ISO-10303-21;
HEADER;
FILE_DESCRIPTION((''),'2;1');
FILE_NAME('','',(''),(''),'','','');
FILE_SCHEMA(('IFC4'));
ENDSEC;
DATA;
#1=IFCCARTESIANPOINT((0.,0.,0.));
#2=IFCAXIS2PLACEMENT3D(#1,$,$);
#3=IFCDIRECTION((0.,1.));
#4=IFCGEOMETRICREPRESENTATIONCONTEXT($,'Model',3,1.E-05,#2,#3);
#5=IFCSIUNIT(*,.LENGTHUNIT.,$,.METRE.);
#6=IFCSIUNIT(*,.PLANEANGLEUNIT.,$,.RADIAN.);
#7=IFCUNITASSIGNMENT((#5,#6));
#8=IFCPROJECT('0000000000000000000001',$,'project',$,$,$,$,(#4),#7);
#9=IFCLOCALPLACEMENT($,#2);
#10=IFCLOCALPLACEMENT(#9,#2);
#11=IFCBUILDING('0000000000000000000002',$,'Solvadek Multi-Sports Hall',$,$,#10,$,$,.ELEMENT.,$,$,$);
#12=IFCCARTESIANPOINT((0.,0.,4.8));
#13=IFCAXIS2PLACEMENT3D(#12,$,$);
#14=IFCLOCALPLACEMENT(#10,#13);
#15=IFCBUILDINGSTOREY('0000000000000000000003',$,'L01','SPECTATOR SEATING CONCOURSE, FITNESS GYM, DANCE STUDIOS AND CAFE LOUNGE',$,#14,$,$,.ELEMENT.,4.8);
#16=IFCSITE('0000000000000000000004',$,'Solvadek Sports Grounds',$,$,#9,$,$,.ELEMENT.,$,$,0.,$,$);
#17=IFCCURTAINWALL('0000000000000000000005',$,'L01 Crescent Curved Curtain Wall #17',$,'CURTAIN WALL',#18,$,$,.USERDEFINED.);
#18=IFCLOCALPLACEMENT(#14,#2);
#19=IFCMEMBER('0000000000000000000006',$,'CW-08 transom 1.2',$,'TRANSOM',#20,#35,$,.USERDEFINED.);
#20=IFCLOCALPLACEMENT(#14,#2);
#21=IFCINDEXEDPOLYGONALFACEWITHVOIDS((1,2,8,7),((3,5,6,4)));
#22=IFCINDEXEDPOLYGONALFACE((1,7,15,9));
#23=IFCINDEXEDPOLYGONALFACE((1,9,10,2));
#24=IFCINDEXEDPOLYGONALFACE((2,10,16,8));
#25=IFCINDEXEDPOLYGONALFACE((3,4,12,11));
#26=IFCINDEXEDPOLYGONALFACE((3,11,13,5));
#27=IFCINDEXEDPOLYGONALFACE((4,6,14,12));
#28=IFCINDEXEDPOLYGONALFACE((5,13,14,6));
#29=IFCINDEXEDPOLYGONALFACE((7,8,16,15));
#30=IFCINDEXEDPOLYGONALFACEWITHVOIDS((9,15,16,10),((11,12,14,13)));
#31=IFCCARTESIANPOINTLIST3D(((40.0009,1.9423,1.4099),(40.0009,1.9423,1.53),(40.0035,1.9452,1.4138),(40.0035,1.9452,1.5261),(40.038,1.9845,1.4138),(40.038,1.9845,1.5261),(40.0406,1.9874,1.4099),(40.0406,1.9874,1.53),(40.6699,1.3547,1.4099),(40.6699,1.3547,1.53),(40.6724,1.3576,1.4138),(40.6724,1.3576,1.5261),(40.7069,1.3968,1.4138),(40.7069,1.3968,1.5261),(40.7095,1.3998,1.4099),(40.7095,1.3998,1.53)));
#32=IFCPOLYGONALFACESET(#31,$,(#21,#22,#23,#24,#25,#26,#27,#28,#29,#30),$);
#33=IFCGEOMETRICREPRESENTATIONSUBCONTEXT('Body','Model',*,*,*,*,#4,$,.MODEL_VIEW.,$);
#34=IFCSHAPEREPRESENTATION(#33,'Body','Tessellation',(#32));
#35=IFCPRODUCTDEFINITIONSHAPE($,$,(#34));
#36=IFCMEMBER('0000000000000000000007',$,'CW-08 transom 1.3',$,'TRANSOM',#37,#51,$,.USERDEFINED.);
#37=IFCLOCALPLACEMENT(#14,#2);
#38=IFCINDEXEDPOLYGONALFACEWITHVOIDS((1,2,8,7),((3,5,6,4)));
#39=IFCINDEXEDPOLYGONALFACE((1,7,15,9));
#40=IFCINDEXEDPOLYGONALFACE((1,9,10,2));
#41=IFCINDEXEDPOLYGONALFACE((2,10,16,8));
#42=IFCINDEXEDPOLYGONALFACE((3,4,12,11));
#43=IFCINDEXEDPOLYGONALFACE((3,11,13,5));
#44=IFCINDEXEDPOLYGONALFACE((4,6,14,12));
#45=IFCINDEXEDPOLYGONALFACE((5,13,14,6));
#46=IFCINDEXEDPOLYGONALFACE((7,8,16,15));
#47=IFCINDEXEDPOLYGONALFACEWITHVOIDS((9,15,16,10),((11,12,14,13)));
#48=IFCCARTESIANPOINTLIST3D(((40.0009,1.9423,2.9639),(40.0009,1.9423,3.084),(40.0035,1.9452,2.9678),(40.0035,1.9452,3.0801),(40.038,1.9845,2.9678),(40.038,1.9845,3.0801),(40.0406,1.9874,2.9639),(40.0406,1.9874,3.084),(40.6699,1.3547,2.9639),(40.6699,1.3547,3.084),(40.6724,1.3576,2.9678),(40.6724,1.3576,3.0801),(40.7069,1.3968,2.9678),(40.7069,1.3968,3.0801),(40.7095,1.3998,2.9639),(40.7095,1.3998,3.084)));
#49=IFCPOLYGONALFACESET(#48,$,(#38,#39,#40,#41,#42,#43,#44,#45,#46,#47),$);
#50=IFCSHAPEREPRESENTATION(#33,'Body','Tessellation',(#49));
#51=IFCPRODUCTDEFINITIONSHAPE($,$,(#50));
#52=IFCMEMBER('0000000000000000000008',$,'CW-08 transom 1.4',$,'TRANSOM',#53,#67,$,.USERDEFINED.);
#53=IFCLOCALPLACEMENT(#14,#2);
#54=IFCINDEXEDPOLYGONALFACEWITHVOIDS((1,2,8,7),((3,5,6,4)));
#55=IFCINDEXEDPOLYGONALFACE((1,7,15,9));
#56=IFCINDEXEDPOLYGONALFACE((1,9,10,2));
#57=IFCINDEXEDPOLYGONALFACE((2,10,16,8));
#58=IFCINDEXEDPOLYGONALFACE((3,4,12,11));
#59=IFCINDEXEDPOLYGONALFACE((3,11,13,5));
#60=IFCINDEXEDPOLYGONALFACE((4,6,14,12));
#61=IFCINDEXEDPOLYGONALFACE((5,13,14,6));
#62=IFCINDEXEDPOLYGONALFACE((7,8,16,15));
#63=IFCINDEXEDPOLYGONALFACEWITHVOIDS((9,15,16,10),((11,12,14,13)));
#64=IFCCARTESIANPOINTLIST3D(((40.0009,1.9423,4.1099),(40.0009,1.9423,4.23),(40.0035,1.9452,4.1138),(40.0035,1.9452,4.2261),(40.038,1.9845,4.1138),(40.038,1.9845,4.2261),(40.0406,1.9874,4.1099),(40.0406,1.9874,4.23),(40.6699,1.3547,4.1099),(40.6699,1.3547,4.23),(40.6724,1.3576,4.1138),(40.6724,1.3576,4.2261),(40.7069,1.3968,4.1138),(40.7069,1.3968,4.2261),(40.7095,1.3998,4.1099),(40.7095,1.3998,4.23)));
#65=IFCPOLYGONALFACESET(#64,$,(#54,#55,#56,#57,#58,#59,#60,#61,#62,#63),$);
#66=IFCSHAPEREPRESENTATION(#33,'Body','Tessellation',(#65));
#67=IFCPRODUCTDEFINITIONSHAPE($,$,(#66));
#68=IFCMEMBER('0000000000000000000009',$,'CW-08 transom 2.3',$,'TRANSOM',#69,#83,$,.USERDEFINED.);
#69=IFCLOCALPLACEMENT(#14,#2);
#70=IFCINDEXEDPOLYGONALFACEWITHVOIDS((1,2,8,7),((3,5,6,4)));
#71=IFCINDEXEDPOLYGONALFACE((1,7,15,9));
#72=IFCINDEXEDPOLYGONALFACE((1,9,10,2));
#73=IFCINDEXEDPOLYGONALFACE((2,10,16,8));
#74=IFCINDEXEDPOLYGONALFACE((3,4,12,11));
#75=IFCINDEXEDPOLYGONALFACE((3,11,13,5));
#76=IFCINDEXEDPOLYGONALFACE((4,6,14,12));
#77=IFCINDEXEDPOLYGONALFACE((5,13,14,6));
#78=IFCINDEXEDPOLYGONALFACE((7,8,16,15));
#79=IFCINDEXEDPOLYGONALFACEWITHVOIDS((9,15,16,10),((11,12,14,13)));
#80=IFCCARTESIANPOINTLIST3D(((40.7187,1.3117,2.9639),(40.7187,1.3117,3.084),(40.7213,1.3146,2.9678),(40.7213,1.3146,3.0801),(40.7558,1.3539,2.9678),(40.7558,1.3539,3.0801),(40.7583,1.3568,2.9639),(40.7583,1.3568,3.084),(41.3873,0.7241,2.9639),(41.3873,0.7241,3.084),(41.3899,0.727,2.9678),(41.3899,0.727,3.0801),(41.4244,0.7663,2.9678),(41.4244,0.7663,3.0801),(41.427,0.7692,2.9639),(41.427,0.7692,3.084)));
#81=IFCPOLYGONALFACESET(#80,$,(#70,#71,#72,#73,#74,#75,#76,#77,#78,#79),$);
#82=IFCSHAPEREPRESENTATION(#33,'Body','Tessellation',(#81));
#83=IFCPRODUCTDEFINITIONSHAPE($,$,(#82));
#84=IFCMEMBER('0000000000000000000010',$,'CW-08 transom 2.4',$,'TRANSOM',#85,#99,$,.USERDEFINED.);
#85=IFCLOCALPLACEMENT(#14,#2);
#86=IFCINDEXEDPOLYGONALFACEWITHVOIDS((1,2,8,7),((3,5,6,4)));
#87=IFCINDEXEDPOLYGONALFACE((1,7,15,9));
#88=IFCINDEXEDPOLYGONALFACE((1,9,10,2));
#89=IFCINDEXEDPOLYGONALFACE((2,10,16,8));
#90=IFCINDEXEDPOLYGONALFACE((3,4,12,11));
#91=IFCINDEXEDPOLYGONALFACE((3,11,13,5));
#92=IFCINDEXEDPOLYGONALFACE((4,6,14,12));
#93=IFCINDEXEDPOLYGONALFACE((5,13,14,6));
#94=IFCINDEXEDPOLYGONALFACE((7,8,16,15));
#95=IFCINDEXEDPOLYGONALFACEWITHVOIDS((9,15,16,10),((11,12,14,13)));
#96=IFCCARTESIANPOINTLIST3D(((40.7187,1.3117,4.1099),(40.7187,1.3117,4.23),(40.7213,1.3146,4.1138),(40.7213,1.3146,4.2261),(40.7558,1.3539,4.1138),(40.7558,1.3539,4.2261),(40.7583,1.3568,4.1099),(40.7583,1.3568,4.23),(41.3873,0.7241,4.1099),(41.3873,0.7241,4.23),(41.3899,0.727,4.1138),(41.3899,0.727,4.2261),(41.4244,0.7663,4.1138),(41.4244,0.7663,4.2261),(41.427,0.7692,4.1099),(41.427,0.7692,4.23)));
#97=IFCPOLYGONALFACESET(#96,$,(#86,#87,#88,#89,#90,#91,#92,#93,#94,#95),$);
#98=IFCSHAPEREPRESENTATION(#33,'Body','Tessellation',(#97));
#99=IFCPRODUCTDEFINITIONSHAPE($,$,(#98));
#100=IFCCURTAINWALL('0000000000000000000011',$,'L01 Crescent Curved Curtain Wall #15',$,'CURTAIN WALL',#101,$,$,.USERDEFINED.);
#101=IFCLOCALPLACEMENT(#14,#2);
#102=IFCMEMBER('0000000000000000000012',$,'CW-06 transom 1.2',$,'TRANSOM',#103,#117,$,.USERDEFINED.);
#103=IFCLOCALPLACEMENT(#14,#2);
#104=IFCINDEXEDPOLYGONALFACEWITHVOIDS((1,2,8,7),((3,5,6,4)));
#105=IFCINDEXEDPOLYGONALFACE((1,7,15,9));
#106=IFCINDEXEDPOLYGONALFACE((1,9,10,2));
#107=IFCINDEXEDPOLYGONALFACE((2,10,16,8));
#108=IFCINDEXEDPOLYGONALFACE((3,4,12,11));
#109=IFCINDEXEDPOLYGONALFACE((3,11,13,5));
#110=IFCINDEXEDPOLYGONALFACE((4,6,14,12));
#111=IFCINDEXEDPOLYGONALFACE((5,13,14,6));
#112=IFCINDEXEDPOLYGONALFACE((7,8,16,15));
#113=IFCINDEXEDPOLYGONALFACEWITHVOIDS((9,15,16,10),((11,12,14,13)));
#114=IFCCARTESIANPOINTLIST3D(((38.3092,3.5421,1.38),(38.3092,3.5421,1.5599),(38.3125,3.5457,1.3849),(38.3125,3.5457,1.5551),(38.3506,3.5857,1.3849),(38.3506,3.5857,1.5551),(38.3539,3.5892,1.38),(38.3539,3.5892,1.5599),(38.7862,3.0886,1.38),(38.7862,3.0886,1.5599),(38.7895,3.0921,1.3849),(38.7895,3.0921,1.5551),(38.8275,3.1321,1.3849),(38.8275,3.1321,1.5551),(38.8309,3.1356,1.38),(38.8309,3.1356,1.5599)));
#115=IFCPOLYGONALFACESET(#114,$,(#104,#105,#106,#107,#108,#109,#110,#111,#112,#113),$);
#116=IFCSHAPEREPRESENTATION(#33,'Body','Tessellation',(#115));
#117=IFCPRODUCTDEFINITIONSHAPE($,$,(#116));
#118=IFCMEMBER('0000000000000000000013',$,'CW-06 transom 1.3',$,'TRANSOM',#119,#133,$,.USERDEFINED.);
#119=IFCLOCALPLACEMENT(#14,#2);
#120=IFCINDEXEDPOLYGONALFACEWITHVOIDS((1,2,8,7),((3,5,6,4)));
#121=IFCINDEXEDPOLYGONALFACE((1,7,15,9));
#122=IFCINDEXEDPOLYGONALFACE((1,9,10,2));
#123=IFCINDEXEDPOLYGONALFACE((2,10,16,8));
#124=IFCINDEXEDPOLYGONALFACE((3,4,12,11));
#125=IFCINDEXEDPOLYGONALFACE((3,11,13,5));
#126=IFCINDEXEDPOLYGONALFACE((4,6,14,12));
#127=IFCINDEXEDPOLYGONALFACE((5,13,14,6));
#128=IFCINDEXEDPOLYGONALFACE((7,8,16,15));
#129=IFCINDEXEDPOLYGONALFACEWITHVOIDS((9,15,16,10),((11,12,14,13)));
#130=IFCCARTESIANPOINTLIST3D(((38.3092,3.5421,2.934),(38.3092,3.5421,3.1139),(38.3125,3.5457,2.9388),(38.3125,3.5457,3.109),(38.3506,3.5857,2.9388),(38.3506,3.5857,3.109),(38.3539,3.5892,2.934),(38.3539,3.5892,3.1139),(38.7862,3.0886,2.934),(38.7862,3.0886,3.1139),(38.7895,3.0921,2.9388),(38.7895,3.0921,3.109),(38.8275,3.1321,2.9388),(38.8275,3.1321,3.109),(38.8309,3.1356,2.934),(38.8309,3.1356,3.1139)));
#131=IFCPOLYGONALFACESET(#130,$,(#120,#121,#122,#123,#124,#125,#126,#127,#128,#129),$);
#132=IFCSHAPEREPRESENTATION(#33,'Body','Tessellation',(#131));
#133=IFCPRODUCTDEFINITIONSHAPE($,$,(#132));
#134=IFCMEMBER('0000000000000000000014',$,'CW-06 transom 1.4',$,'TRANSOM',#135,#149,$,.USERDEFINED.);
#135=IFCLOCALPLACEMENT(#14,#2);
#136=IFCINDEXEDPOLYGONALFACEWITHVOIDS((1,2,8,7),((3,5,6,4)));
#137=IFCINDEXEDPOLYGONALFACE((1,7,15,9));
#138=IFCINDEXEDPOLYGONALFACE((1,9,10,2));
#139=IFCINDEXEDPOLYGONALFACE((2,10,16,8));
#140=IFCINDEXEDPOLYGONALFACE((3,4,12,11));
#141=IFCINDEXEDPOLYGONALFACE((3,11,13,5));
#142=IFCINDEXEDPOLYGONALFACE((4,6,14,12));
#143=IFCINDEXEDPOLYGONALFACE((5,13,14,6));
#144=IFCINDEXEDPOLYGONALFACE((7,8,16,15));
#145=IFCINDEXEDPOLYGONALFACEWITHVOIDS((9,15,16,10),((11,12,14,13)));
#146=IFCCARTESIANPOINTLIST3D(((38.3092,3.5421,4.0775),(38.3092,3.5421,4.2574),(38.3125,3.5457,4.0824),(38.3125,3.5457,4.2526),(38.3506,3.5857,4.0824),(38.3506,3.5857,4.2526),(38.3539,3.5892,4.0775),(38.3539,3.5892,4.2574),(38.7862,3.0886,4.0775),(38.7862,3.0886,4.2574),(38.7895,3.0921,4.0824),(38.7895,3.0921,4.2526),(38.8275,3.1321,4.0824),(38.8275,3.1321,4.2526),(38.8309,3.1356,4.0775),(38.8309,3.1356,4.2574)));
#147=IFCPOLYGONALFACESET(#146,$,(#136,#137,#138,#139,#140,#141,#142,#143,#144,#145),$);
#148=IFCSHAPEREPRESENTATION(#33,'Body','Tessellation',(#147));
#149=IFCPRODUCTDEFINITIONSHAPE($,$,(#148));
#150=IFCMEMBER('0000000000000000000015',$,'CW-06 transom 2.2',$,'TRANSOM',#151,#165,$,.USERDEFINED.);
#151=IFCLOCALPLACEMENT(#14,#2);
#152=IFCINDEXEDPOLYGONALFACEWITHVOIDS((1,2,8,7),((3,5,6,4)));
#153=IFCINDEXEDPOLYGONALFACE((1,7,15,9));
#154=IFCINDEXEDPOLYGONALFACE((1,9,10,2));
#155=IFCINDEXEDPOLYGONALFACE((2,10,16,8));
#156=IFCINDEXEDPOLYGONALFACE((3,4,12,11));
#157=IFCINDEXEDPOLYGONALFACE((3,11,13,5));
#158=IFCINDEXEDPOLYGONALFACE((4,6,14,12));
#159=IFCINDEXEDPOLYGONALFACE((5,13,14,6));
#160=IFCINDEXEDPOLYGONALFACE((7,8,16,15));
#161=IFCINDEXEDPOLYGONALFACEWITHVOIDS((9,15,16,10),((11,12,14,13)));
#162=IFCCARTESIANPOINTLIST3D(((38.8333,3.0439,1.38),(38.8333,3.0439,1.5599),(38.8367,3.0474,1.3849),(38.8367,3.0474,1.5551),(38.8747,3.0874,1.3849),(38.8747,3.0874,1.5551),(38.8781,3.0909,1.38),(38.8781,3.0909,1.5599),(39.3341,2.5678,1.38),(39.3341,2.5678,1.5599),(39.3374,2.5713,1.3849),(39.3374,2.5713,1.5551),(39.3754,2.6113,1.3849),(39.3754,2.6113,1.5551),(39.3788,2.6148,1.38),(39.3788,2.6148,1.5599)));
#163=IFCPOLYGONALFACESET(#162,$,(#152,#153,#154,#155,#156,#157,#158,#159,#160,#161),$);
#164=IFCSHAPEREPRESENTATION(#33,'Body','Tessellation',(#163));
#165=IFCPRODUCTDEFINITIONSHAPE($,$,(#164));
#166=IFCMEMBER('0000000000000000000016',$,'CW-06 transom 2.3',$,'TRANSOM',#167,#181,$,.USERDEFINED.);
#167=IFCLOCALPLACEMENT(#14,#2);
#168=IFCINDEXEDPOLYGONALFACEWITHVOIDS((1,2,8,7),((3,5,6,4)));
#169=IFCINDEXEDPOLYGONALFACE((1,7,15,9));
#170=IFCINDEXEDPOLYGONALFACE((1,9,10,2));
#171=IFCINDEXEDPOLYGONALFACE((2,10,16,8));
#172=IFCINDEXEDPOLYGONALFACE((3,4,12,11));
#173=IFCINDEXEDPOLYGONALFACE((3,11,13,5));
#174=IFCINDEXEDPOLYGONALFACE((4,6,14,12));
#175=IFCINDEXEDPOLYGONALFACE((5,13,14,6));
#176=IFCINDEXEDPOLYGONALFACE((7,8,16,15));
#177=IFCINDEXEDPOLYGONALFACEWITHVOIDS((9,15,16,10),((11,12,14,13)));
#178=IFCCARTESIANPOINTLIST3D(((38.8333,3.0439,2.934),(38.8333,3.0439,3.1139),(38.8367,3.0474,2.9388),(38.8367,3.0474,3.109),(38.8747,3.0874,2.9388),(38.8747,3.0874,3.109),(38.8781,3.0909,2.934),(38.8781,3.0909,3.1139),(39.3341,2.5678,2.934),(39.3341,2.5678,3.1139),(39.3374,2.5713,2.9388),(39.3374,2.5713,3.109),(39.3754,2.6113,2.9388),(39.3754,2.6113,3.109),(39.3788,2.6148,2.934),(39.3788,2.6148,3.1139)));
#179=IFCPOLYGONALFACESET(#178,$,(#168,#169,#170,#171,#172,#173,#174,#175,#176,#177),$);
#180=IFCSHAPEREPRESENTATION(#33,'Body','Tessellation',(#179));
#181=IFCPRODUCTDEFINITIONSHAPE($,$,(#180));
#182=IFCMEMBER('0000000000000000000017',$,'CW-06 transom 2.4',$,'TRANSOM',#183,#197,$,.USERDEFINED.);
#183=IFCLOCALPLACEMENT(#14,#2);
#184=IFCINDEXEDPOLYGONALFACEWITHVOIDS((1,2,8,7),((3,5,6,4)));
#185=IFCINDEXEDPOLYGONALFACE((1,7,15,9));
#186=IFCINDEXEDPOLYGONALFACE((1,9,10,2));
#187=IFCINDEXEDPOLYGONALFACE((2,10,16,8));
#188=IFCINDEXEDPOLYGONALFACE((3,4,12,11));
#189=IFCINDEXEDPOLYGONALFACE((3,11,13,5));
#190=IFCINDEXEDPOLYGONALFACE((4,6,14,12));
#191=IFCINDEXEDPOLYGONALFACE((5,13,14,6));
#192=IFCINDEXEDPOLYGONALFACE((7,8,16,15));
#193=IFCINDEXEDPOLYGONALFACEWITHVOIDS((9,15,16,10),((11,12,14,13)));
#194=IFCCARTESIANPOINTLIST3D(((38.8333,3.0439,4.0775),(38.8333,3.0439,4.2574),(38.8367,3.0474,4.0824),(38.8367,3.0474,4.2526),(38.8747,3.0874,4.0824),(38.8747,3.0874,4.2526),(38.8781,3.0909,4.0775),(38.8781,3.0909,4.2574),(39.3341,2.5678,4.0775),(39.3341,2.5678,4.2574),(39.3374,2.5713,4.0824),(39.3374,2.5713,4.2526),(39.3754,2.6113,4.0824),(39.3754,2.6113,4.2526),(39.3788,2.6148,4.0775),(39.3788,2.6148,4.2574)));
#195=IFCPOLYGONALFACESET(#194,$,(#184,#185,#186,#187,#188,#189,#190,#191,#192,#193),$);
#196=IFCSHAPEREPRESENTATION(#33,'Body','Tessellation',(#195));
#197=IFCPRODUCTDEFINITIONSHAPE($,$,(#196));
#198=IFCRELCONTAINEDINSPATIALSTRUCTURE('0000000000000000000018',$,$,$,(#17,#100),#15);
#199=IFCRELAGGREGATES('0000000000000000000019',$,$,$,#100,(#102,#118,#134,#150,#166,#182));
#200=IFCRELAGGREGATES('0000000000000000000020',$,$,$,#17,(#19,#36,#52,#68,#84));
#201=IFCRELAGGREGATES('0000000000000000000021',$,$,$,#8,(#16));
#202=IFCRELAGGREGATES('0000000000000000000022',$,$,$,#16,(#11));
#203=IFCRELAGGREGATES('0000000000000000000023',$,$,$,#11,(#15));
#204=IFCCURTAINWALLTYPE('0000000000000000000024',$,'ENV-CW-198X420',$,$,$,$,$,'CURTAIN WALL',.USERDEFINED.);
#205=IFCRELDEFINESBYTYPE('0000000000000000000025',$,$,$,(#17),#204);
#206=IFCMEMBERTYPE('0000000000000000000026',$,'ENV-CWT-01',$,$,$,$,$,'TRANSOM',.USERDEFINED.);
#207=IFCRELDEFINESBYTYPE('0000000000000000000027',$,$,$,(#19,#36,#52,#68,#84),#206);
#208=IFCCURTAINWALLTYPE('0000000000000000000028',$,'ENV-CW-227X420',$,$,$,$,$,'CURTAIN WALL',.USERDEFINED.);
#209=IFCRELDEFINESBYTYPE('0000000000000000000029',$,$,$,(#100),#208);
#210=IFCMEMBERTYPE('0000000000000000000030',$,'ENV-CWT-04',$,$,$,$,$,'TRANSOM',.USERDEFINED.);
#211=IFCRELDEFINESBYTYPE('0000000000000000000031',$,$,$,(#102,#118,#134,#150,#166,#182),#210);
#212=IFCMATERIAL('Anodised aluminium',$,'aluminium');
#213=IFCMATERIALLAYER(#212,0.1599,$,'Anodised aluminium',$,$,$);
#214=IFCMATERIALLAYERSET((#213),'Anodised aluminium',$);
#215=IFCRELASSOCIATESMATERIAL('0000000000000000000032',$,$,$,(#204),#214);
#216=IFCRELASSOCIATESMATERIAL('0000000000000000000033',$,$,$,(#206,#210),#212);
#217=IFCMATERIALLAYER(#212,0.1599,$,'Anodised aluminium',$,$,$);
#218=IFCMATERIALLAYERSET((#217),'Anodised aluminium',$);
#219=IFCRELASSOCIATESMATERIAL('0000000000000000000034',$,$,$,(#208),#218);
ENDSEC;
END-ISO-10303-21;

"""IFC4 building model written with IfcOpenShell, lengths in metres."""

from ifc_helpers import new_model, si_unit, direction, frame, origin, origin_2d, place, context, subcontext, project, spatial, hollow_rectangle, extrude, material, layer, layer_set, material_profile, profile_set, type_object, element, aggregate, save


model = new_model("IFC4")

# Units and contexts
model_context = context("Model", 3, precision=1e-05, world=origin(), true_north=direction((0.0, 1.0)))
body_context = subcontext(model_context, "Body", "Model", "MODEL_VIEW")
ifc_project = project(units=[si_unit("LENGTHUNIT", "METRE"), si_unit("PLANEANGLEUNIT", "RADIAN")], contexts=[model_context])

# Site, building, storey
site_placement = place(None, origin())
site = spatial("IfcSite", under=ifc_project, at=site_placement, Name="Solvadek Sports Grounds", CompositionType="ELEMENT", RefElevation=0.0)
building_placement = place(site_placement, origin())
building = spatial("IfcBuilding", under=site, at=building_placement, Name="Solvadek Multi-Sports Hall", CompositionType="ELEMENT")
storey_placement = place(building_placement, frame((0.0, 0.0, 4.8)))
storey = spatial("IfcBuildingStorey", under=building, at=storey_placement, Name="L01", Description="SPECTATOR SEATING CONCOURSE, FITNESS GYM, DANCE STUDIOS AND CAFE LOUNGE", CompositionType="ELEMENT", Elevation=4.8)

# Curtain walls, members
ifc_material_1 = material(Name="Anodised aluminium", Category="aluminium")
ifc_layer_1 = layer(ifc_material_1, 0.1599, Name="Anodised aluminium")
ifc_layer_set_1 = layer_set([ifc_layer_1], Name="Anodised aluminium")
curtain_wall_type_1 = type_object("IfcCurtainWallType", Name="ENV-CW-198X420", ElementType="CURTAIN WALL", PredefinedType="USERDEFINED", material=ifc_layer_set_1)
curtain_wall_1_placement = place(storey_placement, origin())
curtain_wall_1 = element("IfcCurtainWall", 1, at=curtain_wall_1_placement, inside=storey, type_object=curtain_wall_type_1, Name="L01 Crescent Curved Curtain Wall #17", ObjectType="CURTAIN WALL", PredefinedType="USERDEFINED")
ifc_material_profile_1 = material_profile(ifc_material_1, hollow_rectangle(XDim=0.0601, YDim=0.1201, WallThickness=0.0039, at=origin_2d()), Name="ALU-T 120x60x4")
ifc_profile_set_1 = profile_set([ifc_material_profile_1], Name="Anodised aluminium")
member_type_1 = type_object("IfcMemberType", Name="ENV-CWT-01", ElementType="TRANSOM", PredefinedType="USERDEFINED", material=ifc_profile_set_1)
member_1_placement = place(storey_placement, frame((40.0208, 1.9648, 1.47), z_axis=(0.751284, -0.659979, 0.0), x_axis=(0.659979, 0.751284, 0.0)))
member_1 = element("IfcMember", 2, at=member_1_placement, type_object=member_type_1, Name="CW-08 transom 1.2", ObjectType="TRANSOM", PredefinedType="USERDEFINED", context=body_context, shape_type="SweptSolid", body=[
    extrude(hollow_rectangle(XDim=0.0601, YDim=0.1201, WallThickness=0.0039, at=origin_2d()), origin(), (0.0, 0.0, 1.0), 0.8904),
])
member_2_placement = place(storey_placement, frame((40.0208, 1.9648, 3.0239), z_axis=(0.751284, -0.659979, 0.0), x_axis=(0.659979, 0.751284, 0.0)))
member_2 = element("IfcMember", 3, at=member_2_placement, type_object=member_type_1, Name="CW-08 transom 1.3", ObjectType="TRANSOM", PredefinedType="USERDEFINED", context=body_context, shape_type="SweptSolid", body=[
    extrude(hollow_rectangle(XDim=0.0601, YDim=0.1201, WallThickness=0.0039, at=origin_2d()), origin(), (0.0, 0.0, 1.0), 0.8904),
])
member_3_placement = place(storey_placement, frame((40.0208, 1.9648, 4.1699), z_axis=(0.751284, -0.659979, 0.0), x_axis=(0.659979, 0.751284, 0.0)))
member_3 = element("IfcMember", 4, at=member_3_placement, type_object=member_type_1, Name="CW-08 transom 1.4", ObjectType="TRANSOM", PredefinedType="USERDEFINED", context=body_context, shape_type="SweptSolid", body=[
    extrude(hollow_rectangle(XDim=0.0601, YDim=0.1201, WallThickness=0.0039, at=origin_2d()), origin(), (0.0, 0.0, 1.0), 0.8904),
])
member_4_placement = place(storey_placement, frame((40.7385, 1.3342, 3.0239), z_axis=(0.751165, -0.660115, 0.0), x_axis=(0.660115, 0.751165, 0.0)))
member_4 = element("IfcMember", 5, at=member_4_placement, type_object=member_type_1, Name="CW-08 transom 2.3", ObjectType="TRANSOM", PredefinedType="USERDEFINED", context=body_context, shape_type="SweptSolid", body=[
    extrude(hollow_rectangle(XDim=0.0601, YDim=0.1201, WallThickness=0.0039, at=origin_2d()), origin(), (0.0, 0.0, 1.0), 0.8901),
])
member_5_placement = place(storey_placement, frame((40.7385, 1.3342, 4.1699), z_axis=(0.751165, -0.660115, 0.0), x_axis=(0.660115, 0.751165, 0.0)))
member_5 = element("IfcMember", 6, at=member_5_placement, type_object=member_type_1, Name="CW-08 transom 2.4", ObjectType="TRANSOM", PredefinedType="USERDEFINED", context=body_context, shape_type="SweptSolid", body=[
    extrude(hollow_rectangle(XDim=0.0601, YDim=0.1201, WallThickness=0.0039, at=origin_2d()), origin(), (0.0, 0.0, 1.0), 0.8901),
])
ifc_layer_2 = layer(ifc_material_1, 0.1599, Name="Anodised aluminium")
ifc_layer_set_2 = layer_set([ifc_layer_2], Name="Anodised aluminium")
curtain_wall_type_2 = type_object("IfcCurtainWallType", Name="ENV-CW-227X420", ElementType="CURTAIN WALL", PredefinedType="USERDEFINED", material=ifc_layer_set_2)
curtain_wall_2_placement = place(storey_placement, origin())
curtain_wall_2 = element("IfcCurtainWall", 7, at=curtain_wall_2_placement, inside=storey, type_object=curtain_wall_type_2, Name="L01 Crescent Curved Curtain Wall #15", ObjectType="CURTAIN WALL", PredefinedType="USERDEFINED")
ifc_material_profile_2 = material_profile(ifc_material_1, hollow_rectangle(XDim=0.0649, YDim=0.1799, WallThickness=0.0049, at=origin_2d()), Name="ALU-T 180x65x5")
ifc_profile_set_2 = profile_set([ifc_material_profile_2], Name="Anodised aluminium")
member_type_2 = type_object("IfcMemberType", Name="ENV-CWT-04", ElementType="TRANSOM", PredefinedType="USERDEFINED", material=ifc_profile_set_2)
member_6_placement = place(storey_placement, frame((38.3315, 3.5657, 1.47), z_axis=(0.724685, -0.689081, 0.0), x_axis=(0.689081, 0.724685, 0.0)))
member_6 = element("IfcMember", 8, at=member_6_placement, type_object=member_type_2, Name="CW-06 transom 1.2", ObjectType="TRANSOM", PredefinedType="USERDEFINED", context=body_context, shape_type="SweptSolid", body=[
    extrude(hollow_rectangle(XDim=0.0649, YDim=0.1799, WallThickness=0.0049, at=origin_2d()), origin(), (0.0, 0.0, 1.0), 0.6582),
])
member_7_placement = place(storey_placement, frame((38.3315, 3.5657, 3.0239), z_axis=(0.724685, -0.689081, 0.0), x_axis=(0.689081, 0.724685, 0.0)))
member_7 = element("IfcMember", 9, at=member_7_placement, type_object=member_type_2, Name="CW-06 transom 1.3", ObjectType="TRANSOM", PredefinedType="USERDEFINED", context=body_context, shape_type="SweptSolid", body=[
    extrude(hollow_rectangle(XDim=0.0649, YDim=0.1799, WallThickness=0.0049, at=origin_2d()), origin(), (0.0, 0.0, 1.0), 0.6582),
])
member_8_placement = place(storey_placement, frame((38.3315, 3.5657, 4.1675), z_axis=(0.724685, -0.689081, 0.0), x_axis=(0.689081, 0.724685, 0.0)))
member_8 = element("IfcMember", 10, at=member_8_placement, type_object=member_type_2, Name="CW-06 transom 1.4", ObjectType="TRANSOM", PredefinedType="USERDEFINED", context=body_context, shape_type="SweptSolid", body=[
    extrude(hollow_rectangle(XDim=0.0649, YDim=0.1799, WallThickness=0.0049, at=origin_2d()), origin(), (0.0, 0.0, 1.0), 0.6582),
])
member_9_placement = place(storey_placement, frame((38.8557, 3.0674, 1.47), z_axis=(0.724726, -0.689037, 0.0), x_axis=(0.689037, 0.724726, 0.0)))
member_9 = element("IfcMember", 11, at=member_9_placement, type_object=member_type_2, Name="CW-06 transom 2.2", ObjectType="TRANSOM", PredefinedType="USERDEFINED", context=body_context, shape_type="SweptSolid", body=[
    extrude(hollow_rectangle(XDim=0.0649, YDim=0.1799, WallThickness=0.0049, at=origin_2d()), origin(), (0.0, 0.0, 1.0), 0.6909),
])
member_10_placement = place(storey_placement, frame((38.8557, 3.0674, 3.0239), z_axis=(0.724726, -0.689037, 0.0), x_axis=(0.689037, 0.724726, 0.0)))
member_10 = element("IfcMember", 12, at=member_10_placement, type_object=member_type_2, Name="CW-06 transom 2.3", ObjectType="TRANSOM", PredefinedType="USERDEFINED", context=body_context, shape_type="SweptSolid", body=[
    extrude(hollow_rectangle(XDim=0.0649, YDim=0.1799, WallThickness=0.0049, at=origin_2d()), origin(), (0.0, 0.0, 1.0), 0.6909),
])
member_11_placement = place(storey_placement, frame((38.8557, 3.0674, 4.1675), z_axis=(0.724726, -0.689037, 0.0), x_axis=(0.689037, 0.724726, 0.0)))
member_11 = element("IfcMember", 13, at=member_11_placement, type_object=member_type_2, Name="CW-06 transom 2.4", ObjectType="TRANSOM", PredefinedType="USERDEFINED", context=body_context, shape_type="SweptSolid", body=[
    extrude(hollow_rectangle(XDim=0.0649, YDim=0.1799, WallThickness=0.0049, at=origin_2d()), origin(), (0.0, 0.0, 1.0), 0.6909),
])

aggregate(curtain_wall_2, [member_6, member_7, member_8, member_9, member_10, member_11])
aggregate(curtain_wall_1, [member_1, member_2, member_3, member_4, member_5])

save(model, "model.ifc")
